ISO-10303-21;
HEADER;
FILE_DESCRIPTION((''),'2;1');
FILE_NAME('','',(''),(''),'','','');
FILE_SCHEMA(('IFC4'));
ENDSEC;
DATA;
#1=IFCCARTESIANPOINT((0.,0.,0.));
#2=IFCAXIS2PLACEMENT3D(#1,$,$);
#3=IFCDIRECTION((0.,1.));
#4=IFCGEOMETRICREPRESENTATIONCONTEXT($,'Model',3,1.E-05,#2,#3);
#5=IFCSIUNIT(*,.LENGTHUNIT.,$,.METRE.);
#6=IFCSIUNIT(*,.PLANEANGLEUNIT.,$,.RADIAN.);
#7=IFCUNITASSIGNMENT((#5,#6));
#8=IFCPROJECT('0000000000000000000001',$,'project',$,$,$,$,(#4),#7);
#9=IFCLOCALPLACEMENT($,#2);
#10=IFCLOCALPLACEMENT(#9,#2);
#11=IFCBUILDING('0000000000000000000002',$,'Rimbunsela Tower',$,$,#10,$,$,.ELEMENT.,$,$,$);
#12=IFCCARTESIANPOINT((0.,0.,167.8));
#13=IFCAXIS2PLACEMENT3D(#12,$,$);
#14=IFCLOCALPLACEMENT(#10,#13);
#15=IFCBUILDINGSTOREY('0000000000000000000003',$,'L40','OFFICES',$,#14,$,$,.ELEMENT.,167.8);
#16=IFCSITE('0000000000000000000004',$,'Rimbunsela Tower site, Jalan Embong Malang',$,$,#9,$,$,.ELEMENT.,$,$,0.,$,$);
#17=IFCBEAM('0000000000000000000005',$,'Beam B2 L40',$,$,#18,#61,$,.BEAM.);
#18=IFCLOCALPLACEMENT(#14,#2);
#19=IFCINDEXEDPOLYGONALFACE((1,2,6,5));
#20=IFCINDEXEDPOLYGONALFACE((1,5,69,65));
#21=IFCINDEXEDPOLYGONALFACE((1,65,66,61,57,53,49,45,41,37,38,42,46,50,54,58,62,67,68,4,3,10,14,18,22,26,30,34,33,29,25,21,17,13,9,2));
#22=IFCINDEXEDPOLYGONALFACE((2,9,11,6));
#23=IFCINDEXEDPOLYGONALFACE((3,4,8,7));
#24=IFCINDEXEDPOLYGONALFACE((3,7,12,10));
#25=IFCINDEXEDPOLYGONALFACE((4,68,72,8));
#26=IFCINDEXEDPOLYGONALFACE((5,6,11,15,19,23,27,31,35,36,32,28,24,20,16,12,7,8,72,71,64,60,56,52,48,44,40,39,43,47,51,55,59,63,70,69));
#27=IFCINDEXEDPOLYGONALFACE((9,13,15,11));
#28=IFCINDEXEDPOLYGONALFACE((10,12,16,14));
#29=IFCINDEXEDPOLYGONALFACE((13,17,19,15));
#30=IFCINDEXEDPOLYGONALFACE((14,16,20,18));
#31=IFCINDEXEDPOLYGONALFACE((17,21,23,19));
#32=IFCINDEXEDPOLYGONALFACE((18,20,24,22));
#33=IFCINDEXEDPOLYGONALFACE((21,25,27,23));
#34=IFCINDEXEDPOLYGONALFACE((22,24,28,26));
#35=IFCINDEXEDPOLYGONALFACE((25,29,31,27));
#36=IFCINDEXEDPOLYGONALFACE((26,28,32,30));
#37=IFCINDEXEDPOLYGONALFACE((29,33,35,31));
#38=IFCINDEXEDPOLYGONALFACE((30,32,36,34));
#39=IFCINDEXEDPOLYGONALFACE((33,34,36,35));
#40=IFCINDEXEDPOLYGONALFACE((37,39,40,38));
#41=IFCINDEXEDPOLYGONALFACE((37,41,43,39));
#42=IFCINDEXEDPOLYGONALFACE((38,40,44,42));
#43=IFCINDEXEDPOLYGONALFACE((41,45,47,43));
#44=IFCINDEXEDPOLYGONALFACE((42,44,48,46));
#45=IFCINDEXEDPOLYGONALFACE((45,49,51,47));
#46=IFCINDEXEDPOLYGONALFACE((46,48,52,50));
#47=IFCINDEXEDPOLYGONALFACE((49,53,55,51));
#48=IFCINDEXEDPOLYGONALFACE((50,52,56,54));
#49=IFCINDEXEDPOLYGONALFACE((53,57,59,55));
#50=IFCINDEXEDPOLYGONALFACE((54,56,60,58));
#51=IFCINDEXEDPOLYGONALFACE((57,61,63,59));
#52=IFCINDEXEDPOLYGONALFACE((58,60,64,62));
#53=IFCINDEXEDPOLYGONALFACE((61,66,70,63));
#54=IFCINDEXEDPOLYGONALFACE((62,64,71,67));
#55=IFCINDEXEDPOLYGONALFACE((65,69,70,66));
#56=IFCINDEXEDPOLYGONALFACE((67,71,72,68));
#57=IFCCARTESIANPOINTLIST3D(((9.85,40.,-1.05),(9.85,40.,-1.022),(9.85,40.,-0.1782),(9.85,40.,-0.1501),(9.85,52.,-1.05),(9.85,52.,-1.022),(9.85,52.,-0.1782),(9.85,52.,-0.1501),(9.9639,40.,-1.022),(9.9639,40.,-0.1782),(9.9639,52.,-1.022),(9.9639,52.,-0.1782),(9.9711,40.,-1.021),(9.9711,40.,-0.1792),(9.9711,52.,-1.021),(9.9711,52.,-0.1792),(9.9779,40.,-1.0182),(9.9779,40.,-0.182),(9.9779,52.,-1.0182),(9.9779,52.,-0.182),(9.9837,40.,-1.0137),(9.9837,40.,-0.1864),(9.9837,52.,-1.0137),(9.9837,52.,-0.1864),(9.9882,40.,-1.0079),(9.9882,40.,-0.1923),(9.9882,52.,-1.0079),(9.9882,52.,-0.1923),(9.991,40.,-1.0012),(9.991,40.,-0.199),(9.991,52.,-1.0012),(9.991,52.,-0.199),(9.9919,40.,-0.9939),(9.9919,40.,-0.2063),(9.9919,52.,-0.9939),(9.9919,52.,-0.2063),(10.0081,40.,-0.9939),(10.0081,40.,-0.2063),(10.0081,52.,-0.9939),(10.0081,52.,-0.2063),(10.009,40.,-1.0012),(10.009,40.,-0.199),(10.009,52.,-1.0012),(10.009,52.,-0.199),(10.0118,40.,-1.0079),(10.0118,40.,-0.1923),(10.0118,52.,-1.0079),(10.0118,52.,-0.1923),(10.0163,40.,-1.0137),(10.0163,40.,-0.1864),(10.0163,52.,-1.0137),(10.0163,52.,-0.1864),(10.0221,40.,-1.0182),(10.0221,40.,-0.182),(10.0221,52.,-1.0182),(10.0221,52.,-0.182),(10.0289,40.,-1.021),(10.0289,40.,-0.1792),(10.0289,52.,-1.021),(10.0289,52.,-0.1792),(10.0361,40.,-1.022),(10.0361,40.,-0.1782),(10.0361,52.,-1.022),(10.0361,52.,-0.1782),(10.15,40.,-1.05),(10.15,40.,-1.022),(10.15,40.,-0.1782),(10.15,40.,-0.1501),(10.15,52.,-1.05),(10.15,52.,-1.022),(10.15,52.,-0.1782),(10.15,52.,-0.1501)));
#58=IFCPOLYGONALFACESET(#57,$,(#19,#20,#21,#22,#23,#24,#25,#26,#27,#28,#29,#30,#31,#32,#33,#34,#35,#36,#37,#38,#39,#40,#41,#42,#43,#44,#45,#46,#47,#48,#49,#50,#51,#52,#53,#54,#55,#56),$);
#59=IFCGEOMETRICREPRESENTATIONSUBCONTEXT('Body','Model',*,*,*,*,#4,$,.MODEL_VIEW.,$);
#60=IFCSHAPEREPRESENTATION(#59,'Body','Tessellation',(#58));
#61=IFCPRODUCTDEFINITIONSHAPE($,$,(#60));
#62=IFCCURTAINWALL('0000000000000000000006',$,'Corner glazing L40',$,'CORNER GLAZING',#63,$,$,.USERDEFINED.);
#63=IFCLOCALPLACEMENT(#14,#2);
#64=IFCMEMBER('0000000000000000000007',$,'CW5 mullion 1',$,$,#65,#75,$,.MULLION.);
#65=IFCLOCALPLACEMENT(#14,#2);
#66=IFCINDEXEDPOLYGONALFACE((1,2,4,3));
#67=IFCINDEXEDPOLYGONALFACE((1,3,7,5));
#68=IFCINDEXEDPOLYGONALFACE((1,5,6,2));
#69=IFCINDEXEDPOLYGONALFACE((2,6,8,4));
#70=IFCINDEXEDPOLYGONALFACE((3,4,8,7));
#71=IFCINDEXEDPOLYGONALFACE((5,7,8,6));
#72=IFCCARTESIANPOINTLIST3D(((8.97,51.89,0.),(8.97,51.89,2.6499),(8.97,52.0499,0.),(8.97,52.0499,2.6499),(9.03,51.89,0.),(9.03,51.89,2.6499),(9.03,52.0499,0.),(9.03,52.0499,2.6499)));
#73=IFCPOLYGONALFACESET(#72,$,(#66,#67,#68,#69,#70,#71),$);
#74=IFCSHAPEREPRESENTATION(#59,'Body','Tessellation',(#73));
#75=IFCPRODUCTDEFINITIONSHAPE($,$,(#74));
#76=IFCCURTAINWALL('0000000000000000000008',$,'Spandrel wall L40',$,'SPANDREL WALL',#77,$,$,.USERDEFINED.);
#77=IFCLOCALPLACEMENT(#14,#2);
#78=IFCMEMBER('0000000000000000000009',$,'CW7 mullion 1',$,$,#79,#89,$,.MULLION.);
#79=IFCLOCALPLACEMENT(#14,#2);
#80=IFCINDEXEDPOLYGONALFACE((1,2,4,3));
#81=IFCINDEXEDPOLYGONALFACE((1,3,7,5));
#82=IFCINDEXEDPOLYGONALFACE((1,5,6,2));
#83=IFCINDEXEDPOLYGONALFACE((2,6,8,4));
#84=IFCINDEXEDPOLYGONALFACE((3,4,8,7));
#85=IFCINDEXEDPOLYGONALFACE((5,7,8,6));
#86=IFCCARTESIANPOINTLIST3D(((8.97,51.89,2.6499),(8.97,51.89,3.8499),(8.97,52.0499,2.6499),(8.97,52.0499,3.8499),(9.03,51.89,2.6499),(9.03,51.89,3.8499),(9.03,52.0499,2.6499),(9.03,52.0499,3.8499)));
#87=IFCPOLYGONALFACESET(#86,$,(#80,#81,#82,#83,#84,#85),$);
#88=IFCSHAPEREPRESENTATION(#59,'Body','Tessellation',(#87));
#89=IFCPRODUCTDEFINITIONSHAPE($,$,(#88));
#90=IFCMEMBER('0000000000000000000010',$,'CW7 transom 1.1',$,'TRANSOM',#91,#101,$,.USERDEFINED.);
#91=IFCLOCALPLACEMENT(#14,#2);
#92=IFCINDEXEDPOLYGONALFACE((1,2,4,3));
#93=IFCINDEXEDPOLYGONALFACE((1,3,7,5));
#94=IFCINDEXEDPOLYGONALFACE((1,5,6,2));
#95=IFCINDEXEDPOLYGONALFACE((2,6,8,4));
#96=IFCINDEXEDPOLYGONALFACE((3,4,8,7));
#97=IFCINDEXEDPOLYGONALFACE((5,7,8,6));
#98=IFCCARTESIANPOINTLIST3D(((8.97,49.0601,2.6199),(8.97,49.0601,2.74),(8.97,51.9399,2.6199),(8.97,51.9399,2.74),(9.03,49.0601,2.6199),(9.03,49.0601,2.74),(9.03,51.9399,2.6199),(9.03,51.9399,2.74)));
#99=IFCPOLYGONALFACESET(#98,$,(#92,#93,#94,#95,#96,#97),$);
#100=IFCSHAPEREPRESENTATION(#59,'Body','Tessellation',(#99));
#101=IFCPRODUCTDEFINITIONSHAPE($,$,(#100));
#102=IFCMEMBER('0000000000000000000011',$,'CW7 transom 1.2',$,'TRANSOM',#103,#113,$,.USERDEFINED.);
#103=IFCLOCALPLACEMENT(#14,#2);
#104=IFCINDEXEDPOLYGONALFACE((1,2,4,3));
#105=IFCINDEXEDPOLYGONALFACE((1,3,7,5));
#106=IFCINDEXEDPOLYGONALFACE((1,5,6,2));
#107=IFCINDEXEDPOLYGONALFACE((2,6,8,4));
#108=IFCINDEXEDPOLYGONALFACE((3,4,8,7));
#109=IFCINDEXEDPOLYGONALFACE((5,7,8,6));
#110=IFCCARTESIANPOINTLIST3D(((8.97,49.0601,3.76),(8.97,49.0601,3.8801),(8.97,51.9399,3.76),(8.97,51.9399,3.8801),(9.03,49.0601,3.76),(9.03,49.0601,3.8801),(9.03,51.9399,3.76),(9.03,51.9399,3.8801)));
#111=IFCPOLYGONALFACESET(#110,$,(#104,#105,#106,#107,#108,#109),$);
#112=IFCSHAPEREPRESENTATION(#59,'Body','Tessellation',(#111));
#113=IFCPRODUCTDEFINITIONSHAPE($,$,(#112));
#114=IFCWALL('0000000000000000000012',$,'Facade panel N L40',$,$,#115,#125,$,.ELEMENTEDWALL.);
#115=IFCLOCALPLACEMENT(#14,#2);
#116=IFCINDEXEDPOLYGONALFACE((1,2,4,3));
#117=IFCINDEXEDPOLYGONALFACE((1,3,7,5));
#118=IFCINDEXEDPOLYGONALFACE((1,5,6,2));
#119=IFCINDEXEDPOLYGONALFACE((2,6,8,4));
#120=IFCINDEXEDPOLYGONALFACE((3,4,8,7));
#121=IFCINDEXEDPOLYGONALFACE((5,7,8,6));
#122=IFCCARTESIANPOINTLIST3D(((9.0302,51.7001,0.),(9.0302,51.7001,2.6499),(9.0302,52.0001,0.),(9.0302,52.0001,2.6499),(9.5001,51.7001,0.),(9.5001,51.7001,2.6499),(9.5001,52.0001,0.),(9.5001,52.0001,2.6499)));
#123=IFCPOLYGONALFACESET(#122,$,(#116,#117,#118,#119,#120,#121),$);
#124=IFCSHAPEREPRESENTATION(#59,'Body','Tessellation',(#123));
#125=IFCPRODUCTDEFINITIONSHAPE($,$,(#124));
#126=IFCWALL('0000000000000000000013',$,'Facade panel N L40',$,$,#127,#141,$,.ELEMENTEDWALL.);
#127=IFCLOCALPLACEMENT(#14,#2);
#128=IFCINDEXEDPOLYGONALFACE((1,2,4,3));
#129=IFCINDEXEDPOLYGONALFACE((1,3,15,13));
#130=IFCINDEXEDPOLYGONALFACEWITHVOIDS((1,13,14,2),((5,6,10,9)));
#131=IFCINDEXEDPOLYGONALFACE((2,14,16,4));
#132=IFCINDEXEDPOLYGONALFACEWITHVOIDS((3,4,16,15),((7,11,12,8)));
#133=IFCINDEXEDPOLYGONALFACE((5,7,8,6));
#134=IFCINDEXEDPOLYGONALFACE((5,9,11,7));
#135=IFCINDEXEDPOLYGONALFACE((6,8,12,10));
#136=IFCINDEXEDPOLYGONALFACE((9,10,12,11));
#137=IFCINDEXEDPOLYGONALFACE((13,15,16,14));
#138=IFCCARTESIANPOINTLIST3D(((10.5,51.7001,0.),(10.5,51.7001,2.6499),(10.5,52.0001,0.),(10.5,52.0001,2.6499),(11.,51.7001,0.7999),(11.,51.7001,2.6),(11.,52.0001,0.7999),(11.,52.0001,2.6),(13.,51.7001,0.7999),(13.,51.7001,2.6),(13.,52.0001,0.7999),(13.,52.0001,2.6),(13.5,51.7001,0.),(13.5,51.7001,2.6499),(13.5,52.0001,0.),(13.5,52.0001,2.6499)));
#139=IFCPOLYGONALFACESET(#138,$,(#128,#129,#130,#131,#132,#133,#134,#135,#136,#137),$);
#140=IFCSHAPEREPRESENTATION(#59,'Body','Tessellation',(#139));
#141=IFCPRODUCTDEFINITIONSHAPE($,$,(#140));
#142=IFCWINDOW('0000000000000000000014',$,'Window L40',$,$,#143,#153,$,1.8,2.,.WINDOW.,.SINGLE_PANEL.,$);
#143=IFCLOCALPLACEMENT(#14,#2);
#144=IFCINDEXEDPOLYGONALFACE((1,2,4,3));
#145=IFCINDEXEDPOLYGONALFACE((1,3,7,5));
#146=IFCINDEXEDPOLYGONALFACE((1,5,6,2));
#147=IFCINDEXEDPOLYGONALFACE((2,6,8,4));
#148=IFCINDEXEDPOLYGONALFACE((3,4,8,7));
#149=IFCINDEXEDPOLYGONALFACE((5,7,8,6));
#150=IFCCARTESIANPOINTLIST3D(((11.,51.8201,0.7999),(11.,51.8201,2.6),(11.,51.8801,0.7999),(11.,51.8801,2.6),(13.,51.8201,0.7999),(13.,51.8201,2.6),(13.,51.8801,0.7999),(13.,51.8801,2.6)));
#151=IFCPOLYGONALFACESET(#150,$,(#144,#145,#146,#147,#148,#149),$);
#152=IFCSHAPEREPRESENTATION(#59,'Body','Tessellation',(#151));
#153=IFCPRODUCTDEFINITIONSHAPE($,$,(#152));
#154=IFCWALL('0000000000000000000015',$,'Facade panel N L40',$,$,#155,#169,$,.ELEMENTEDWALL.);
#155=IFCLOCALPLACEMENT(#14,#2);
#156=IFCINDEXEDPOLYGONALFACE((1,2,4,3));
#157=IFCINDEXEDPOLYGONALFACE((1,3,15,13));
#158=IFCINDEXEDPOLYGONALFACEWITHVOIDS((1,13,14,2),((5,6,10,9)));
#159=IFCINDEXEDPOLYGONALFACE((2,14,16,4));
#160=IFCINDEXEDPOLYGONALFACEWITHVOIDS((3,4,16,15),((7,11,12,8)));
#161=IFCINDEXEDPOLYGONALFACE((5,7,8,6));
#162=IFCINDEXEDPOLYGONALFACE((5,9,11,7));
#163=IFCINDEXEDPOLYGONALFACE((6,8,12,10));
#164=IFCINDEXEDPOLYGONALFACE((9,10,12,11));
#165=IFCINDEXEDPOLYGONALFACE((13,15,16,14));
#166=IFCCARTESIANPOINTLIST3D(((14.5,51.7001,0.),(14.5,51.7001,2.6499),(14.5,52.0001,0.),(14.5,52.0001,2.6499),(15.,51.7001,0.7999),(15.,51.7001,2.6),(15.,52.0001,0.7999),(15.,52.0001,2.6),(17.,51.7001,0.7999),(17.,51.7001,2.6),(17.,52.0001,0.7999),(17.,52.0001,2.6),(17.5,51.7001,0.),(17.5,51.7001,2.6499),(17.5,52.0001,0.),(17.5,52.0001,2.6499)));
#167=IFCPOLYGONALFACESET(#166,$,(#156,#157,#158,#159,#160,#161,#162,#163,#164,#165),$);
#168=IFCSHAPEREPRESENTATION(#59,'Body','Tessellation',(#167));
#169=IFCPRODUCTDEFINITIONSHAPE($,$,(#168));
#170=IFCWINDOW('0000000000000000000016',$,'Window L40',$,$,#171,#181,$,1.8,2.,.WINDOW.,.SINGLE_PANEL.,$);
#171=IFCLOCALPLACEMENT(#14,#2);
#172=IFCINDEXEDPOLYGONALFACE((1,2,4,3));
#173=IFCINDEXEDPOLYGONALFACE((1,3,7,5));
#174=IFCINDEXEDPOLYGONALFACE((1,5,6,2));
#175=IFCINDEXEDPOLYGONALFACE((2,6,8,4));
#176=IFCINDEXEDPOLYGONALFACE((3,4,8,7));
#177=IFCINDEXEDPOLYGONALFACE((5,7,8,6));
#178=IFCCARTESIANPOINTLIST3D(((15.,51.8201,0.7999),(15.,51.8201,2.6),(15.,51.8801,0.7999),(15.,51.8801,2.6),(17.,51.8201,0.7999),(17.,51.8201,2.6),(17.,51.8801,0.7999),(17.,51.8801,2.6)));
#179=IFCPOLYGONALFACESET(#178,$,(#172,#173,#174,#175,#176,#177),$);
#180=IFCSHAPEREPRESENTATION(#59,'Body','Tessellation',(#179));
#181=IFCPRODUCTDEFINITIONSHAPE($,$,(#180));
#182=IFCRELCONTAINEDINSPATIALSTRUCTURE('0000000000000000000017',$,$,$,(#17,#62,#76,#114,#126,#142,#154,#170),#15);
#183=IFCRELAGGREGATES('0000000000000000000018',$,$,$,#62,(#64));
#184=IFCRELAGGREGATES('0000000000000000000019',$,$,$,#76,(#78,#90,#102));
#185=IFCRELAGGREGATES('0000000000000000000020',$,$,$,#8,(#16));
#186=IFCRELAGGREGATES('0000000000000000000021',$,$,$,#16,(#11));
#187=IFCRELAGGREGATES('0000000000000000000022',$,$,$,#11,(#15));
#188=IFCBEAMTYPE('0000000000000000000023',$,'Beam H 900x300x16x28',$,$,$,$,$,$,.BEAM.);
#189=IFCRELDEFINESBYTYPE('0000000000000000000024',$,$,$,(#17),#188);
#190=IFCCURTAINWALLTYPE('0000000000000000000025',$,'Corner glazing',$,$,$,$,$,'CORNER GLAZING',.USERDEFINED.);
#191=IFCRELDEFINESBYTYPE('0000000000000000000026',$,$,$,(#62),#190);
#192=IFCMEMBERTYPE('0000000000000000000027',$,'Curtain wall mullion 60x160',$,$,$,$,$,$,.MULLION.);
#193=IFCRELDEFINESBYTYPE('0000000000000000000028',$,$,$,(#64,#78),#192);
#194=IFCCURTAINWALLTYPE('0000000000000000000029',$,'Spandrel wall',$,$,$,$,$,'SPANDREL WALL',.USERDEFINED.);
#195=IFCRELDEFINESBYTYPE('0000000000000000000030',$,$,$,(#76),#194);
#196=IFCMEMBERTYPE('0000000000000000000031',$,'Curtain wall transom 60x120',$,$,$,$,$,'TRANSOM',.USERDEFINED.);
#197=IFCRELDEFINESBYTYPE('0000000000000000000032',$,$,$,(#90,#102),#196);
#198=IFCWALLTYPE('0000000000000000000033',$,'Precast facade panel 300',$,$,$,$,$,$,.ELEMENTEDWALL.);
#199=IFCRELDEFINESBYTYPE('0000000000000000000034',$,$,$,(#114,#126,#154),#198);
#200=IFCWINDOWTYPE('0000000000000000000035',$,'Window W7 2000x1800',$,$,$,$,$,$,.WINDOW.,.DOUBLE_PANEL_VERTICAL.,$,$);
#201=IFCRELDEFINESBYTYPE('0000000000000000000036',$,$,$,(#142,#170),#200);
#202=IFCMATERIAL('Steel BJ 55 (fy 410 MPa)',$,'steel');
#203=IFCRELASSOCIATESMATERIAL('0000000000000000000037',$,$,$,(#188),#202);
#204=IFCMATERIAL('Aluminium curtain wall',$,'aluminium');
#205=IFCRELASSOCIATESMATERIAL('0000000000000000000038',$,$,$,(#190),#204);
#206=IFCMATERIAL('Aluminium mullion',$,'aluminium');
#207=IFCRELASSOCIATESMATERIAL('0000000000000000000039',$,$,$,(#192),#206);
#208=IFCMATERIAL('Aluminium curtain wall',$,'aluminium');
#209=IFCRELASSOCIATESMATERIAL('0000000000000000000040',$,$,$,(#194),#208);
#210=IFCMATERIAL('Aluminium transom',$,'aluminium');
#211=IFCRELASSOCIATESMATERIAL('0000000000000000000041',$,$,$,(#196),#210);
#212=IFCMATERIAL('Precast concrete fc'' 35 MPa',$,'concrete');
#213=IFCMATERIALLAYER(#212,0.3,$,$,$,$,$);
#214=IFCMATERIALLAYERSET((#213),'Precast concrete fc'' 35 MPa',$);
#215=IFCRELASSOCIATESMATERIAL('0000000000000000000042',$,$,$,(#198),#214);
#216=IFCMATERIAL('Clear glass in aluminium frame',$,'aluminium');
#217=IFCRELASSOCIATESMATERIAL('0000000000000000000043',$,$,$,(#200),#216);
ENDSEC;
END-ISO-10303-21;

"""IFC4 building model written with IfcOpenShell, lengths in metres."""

from ifc_helpers import new_model, si_unit, direction, frame, frame_2d, origin, origin_2d, place, context, subcontext, project, spatial, rectangle, i_section, extrude, material, layer, layer_set, material_profile, profile_set, type_object, element, fill, aggregate, save


model = new_model("IFC4")

# Units and contexts
model_context = context("Model", 3, precision=1e-05, world=origin(), true_north=direction((0.0, 1.0)))
body_context = subcontext(model_context, "Body", "Model", "MODEL_VIEW")
ifc_project = project(units=[si_unit("LENGTHUNIT", "METRE"), si_unit("PLANEANGLEUNIT", "RADIAN")], contexts=[model_context])

# Site, building, storey
site_placement = place(None, origin())
site = spatial("IfcSite", under=ifc_project, at=site_placement, Name="Rimbunsela Tower site, Jalan Embong Malang", CompositionType="ELEMENT", RefElevation=0.0)
building_placement = place(site_placement, origin())
building = spatial("IfcBuilding", under=site, at=building_placement, Name="Rimbunsela Tower", CompositionType="ELEMENT")
storey_placement = place(building_placement, frame((0.0, 0.0, 167.8)))
storey = spatial("IfcBuildingStorey", under=building, at=storey_placement, Name="L40", Description="OFFICES", CompositionType="ELEMENT", Elevation=167.8)

# Beam
ifc_material_1 = material(Name="Steel BJ 55 (fy 410 MPa)", Category="steel")
ifc_material_profile_1 = material_profile(ifc_material_1, i_section(OverallWidth=0.3, OverallDepth=0.8999, WebThickness=0.0161, FlangeThickness=0.0281, FilletRadius=0.0281, at=origin_2d()), Name="H 900x300x16x28")
ifc_profile_set_1 = profile_set([ifc_material_profile_1], Name="Steel BJ 55 (fy 410 MPa)")
beam_type_1 = type_object("IfcBeamType", Name="Beam H 900x300x16x28", PredefinedType="BEAM", material=ifc_profile_set_1)
beam_1_placement = place(storey_placement, frame((10.0, 40.0, -0.6001), z_axis=(0.0, 1.0, 0.0), x_axis=(-1.0, 0.0, 0.0)))
element("IfcBeam", 1, at=beam_1_placement, inside=storey, type_object=beam_type_1, Name="Beam B2 L40", PredefinedType="BEAM", context=body_context, shape_type="SweptSolid", body=[
    extrude(i_section(OverallWidth=0.3, OverallDepth=0.8999, WebThickness=0.0161, FlangeThickness=0.0281, FilletRadius=0.0281, at=origin_2d()), origin(), (0.0, 0.0, 1.0), 12.0),
])

# Curtain wall, member
ifc_material_2 = material(Name="Aluminium curtain wall", Category="aluminium")
curtain_wall_type_1 = type_object("IfcCurtainWallType", Name="Corner glazing", ElementType="CORNER GLAZING", PredefinedType="USERDEFINED", material=ifc_material_2)
curtain_wall_1_placement = place(storey_placement, origin())
curtain_wall_1 = element("IfcCurtainWall", 2, at=curtain_wall_1_placement, inside=storey, type_object=curtain_wall_type_1, Name="Corner glazing L40", ObjectType="CORNER GLAZING", PredefinedType="USERDEFINED")
ifc_material_3 = material(Name="Aluminium mullion", Category="aluminium")
ifc_material_profile_2 = material_profile(ifc_material_3, rectangle(XDim=0.0601, YDim=0.1599, at=origin_2d()), Name="Mullion 60x160")
ifc_profile_set_2 = profile_set([ifc_material_profile_2], Name="Aluminium mullion")
member_type_1 = type_object("IfcMemberType", Name="Curtain wall mullion 60x160", PredefinedType="MULLION", material=ifc_profile_set_2)
member_1_placement = place(storey_placement, frame((9.0, 51.97, 0.0), z_axis=(0.0, 0.0, 1.0), x_axis=(1.0, 0.0, 0.0)))
member_1 = element("IfcMember", 3, at=member_1_placement, type_object=member_type_1, Name="CW5 mullion 1", PredefinedType="MULLION", context=body_context, shape_type="SweptSolid", body=[
    extrude(rectangle(XDim=0.0601, YDim=0.1599, at=origin_2d()), origin(), (0.0, 0.0, 1.0), 2.6499),
])
aggregate(curtain_wall_1, [member_1])

# Curtain wall, members
ifc_material_4 = material(Name="Aluminium curtain wall", Category="aluminium")
curtain_wall_type_2 = type_object("IfcCurtainWallType", Name="Spandrel wall", ElementType="SPANDREL WALL", PredefinedType="USERDEFINED", material=ifc_material_4)
curtain_wall_2_placement = place(storey_placement, origin())
curtain_wall_2 = element("IfcCurtainWall", 4, at=curtain_wall_2_placement, inside=storey, type_object=curtain_wall_type_2, Name="Spandrel wall L40", ObjectType="SPANDREL WALL", PredefinedType="USERDEFINED")
member_2_placement = place(storey_placement, frame((9.0, 51.97, 2.6499), z_axis=(0.0, 0.0, 1.0), x_axis=(1.0, 0.0, 0.0)))
member_2 = element("IfcMember", 5, at=member_2_placement, type_object=member_type_1, Name="CW7 mullion 1", PredefinedType="MULLION", context=body_context, shape_type="SweptSolid", body=[
    extrude(rectangle(XDim=0.0601, YDim=0.1599, at=origin_2d()), origin(), (0.0, 0.0, 1.0), 1.2),
])
ifc_material_5 = material(Name="Aluminium transom", Category="aluminium")
ifc_material_profile_3 = material_profile(ifc_material_5, rectangle(XDim=0.0601, YDim=0.1201, at=origin_2d()), Name="Transom 60x120")
ifc_profile_set_3 = profile_set([ifc_material_profile_3], Name="Aluminium transom")
member_type_2 = type_object("IfcMemberType", Name="Curtain wall transom 60x120", ElementType="TRANSOM", PredefinedType="USERDEFINED", material=ifc_profile_set_3)
member_3_placement = place(storey_placement, frame((9.0, 51.9399, 2.6799), z_axis=(0.0, -1.0, 0.0), x_axis=(1.0, 0.0, 0.0)))
member_3 = element("IfcMember", 6, at=member_3_placement, type_object=member_type_2, Name="CW7 transom 1.1", ObjectType="TRANSOM", PredefinedType="USERDEFINED", context=body_context, shape_type="SweptSolid", body=[
    extrude(rectangle(XDim=0.0601, YDim=0.1201, at=origin_2d()), origin(), (0.0, 0.0, 1.0), 2.8799),
])
member_4_placement = place(storey_placement, frame((9.0, 51.9399, 3.8201), z_axis=(0.0, -1.0, 0.0), x_axis=(1.0, 0.0, 0.0)))
member_4 = element("IfcMember", 7, at=member_4_placement, type_object=member_type_2, Name="CW7 transom 1.2", ObjectType="TRANSOM", PredefinedType="USERDEFINED", context=body_context, shape_type="SweptSolid", body=[
    extrude(rectangle(XDim=0.0601, YDim=0.1201, at=origin_2d()), origin(), (0.0, 0.0, 1.0), 2.8799),
])
aggregate(curtain_wall_2, [member_2, member_3, member_4])

# Wall
ifc_material_6 = material(Name="Precast concrete fc' 35 MPa", Category="concrete")
ifc_layer_1 = layer(ifc_material_6, 0.3)
ifc_layer_set_1 = layer_set([ifc_layer_1], Name="Precast concrete fc' 35 MPa")
wall_type_1 = type_object("IfcWallType", Name="Precast facade panel 300", PredefinedType="ELEMENTEDWALL", material=ifc_layer_set_1)
wall_1_placement = place(storey_placement, frame((9.5, 51.8501, 0.0), z_axis=(0.0, 0.0, 1.0), x_axis=(-1.0, 0.0, 0.0)))
element("IfcWall", 8, at=wall_1_placement, inside=storey, type_object=wall_type_1, Name="Facade panel N L40", PredefinedType="ELEMENTEDWALL", context=body_context, shape_type="SweptSolid", body=[
    extrude(rectangle(XDim=0.47, YDim=0.3, at=frame_2d((0.2349, 0.0))), origin(), (0.0, 0.0, 1.0), 2.6499),
])

# Walls, openings, windows
wall_2_placement = place(storey_placement, frame((13.5, 51.8501, 0.0), z_axis=(0.0, 0.0, 1.0), x_axis=(-1.0, 0.0, 0.0)))
wall_2 = element("IfcWall", 9, at=wall_2_placement, inside=storey, type_object=wall_type_1, Name="Facade panel N L40", PredefinedType="ELEMENTEDWALL", context=body_context, shape_type="SweptSolid", body=[
    extrude(rectangle(XDim=3.0, YDim=0.3, at=frame_2d((1.5, 0.0))), origin(), (0.0, 0.0, 1.0), 2.6499),
])
opening_1_placement = place(wall_2_placement, frame((0.5, 0.0, 0.8)))
opening_1 = element("IfcOpeningElement", 10, at=opening_1_placement, cuts=wall_2, PredefinedType="OPENING", context=body_context, shape_type="SweptSolid", body=[
    extrude(rectangle(XDim=2.0, YDim=1.8, at=frame_2d((1.0, 0.8999))), frame((0.0, 0.1599, 0.0), z_axis=(0.0, -1.0, 0.0), x_axis=(1.0, 0.0, 0.0)), (0.0, 0.0, 1.0), 0.3201),
])
ifc_material_7 = material(Name="Clear glass in aluminium frame", Category="aluminium")
window_type = type_object("IfcWindowType", Name="Window W7 2000x1800", PartitioningType="DOUBLE_PANEL_VERTICAL", PredefinedType="WINDOW", material=ifc_material_7)
window_1_placement = place(opening_1_placement, origin())
window_1 = element("IfcWindow", 11, at=window_1_placement, inside=storey, type_object=window_type, Name="Window L40", OverallHeight=1.8, OverallWidth=2.0, PartitioningType="SINGLE_PANEL", PredefinedType="WINDOW", context=body_context, shape_type="SweptSolid", body=[
    extrude(rectangle(XDim=2.0, YDim=1.8, at=frame_2d((1.0, 0.8999))), frame((0.0, 0.03, 0.0), z_axis=(0.0, -1.0, 0.0), x_axis=(1.0, 0.0, 0.0)), (0.0, 0.0, 1.0), 0.0601),
])
fill(opening_1, window_1)
wall_3_placement = place(storey_placement, frame((17.5, 51.8501, 0.0), z_axis=(0.0, 0.0, 1.0), x_axis=(-1.0, 0.0, 0.0)))
wall_3 = element("IfcWall", 12, at=wall_3_placement, inside=storey, type_object=wall_type_1, Name="Facade panel N L40", PredefinedType="ELEMENTEDWALL", context=body_context, shape_type="SweptSolid", body=[
    extrude(rectangle(XDim=3.0, YDim=0.3, at=frame_2d((1.5, 0.0))), origin(), (0.0, 0.0, 1.0), 2.6499),
])
opening_2_placement = place(wall_3_placement, frame((0.5, 0.0, 0.8)))
opening_2 = element("IfcOpeningElement", 13, at=opening_2_placement, cuts=wall_3, PredefinedType="OPENING", context=body_context, shape_type="SweptSolid", body=[
    extrude(rectangle(XDim=2.0, YDim=1.8, at=frame_2d((1.0, 0.8999))), frame((0.0, 0.1599, 0.0), z_axis=(0.0, -1.0, 0.0), x_axis=(1.0, 0.0, 0.0)), (0.0, 0.0, 1.0), 0.3201),
])
window_2_placement = place(opening_2_placement, origin())
window_2 = element("IfcWindow", 14, at=window_2_placement, inside=storey, type_object=window_type, Name="Window L40", OverallHeight=1.8, OverallWidth=2.0, PartitioningType="SINGLE_PANEL", PredefinedType="WINDOW", context=body_context, shape_type="SweptSolid", body=[
    extrude(rectangle(XDim=2.0, YDim=1.8, at=frame_2d((1.0, 0.8999))), frame((0.0, 0.03, 0.0), z_axis=(0.0, -1.0, 0.0), x_axis=(1.0, 0.0, 0.0)), (0.0, 0.0, 1.0), 0.0601),
])
fill(opening_2, window_2)

save(model, "model.ifc")
